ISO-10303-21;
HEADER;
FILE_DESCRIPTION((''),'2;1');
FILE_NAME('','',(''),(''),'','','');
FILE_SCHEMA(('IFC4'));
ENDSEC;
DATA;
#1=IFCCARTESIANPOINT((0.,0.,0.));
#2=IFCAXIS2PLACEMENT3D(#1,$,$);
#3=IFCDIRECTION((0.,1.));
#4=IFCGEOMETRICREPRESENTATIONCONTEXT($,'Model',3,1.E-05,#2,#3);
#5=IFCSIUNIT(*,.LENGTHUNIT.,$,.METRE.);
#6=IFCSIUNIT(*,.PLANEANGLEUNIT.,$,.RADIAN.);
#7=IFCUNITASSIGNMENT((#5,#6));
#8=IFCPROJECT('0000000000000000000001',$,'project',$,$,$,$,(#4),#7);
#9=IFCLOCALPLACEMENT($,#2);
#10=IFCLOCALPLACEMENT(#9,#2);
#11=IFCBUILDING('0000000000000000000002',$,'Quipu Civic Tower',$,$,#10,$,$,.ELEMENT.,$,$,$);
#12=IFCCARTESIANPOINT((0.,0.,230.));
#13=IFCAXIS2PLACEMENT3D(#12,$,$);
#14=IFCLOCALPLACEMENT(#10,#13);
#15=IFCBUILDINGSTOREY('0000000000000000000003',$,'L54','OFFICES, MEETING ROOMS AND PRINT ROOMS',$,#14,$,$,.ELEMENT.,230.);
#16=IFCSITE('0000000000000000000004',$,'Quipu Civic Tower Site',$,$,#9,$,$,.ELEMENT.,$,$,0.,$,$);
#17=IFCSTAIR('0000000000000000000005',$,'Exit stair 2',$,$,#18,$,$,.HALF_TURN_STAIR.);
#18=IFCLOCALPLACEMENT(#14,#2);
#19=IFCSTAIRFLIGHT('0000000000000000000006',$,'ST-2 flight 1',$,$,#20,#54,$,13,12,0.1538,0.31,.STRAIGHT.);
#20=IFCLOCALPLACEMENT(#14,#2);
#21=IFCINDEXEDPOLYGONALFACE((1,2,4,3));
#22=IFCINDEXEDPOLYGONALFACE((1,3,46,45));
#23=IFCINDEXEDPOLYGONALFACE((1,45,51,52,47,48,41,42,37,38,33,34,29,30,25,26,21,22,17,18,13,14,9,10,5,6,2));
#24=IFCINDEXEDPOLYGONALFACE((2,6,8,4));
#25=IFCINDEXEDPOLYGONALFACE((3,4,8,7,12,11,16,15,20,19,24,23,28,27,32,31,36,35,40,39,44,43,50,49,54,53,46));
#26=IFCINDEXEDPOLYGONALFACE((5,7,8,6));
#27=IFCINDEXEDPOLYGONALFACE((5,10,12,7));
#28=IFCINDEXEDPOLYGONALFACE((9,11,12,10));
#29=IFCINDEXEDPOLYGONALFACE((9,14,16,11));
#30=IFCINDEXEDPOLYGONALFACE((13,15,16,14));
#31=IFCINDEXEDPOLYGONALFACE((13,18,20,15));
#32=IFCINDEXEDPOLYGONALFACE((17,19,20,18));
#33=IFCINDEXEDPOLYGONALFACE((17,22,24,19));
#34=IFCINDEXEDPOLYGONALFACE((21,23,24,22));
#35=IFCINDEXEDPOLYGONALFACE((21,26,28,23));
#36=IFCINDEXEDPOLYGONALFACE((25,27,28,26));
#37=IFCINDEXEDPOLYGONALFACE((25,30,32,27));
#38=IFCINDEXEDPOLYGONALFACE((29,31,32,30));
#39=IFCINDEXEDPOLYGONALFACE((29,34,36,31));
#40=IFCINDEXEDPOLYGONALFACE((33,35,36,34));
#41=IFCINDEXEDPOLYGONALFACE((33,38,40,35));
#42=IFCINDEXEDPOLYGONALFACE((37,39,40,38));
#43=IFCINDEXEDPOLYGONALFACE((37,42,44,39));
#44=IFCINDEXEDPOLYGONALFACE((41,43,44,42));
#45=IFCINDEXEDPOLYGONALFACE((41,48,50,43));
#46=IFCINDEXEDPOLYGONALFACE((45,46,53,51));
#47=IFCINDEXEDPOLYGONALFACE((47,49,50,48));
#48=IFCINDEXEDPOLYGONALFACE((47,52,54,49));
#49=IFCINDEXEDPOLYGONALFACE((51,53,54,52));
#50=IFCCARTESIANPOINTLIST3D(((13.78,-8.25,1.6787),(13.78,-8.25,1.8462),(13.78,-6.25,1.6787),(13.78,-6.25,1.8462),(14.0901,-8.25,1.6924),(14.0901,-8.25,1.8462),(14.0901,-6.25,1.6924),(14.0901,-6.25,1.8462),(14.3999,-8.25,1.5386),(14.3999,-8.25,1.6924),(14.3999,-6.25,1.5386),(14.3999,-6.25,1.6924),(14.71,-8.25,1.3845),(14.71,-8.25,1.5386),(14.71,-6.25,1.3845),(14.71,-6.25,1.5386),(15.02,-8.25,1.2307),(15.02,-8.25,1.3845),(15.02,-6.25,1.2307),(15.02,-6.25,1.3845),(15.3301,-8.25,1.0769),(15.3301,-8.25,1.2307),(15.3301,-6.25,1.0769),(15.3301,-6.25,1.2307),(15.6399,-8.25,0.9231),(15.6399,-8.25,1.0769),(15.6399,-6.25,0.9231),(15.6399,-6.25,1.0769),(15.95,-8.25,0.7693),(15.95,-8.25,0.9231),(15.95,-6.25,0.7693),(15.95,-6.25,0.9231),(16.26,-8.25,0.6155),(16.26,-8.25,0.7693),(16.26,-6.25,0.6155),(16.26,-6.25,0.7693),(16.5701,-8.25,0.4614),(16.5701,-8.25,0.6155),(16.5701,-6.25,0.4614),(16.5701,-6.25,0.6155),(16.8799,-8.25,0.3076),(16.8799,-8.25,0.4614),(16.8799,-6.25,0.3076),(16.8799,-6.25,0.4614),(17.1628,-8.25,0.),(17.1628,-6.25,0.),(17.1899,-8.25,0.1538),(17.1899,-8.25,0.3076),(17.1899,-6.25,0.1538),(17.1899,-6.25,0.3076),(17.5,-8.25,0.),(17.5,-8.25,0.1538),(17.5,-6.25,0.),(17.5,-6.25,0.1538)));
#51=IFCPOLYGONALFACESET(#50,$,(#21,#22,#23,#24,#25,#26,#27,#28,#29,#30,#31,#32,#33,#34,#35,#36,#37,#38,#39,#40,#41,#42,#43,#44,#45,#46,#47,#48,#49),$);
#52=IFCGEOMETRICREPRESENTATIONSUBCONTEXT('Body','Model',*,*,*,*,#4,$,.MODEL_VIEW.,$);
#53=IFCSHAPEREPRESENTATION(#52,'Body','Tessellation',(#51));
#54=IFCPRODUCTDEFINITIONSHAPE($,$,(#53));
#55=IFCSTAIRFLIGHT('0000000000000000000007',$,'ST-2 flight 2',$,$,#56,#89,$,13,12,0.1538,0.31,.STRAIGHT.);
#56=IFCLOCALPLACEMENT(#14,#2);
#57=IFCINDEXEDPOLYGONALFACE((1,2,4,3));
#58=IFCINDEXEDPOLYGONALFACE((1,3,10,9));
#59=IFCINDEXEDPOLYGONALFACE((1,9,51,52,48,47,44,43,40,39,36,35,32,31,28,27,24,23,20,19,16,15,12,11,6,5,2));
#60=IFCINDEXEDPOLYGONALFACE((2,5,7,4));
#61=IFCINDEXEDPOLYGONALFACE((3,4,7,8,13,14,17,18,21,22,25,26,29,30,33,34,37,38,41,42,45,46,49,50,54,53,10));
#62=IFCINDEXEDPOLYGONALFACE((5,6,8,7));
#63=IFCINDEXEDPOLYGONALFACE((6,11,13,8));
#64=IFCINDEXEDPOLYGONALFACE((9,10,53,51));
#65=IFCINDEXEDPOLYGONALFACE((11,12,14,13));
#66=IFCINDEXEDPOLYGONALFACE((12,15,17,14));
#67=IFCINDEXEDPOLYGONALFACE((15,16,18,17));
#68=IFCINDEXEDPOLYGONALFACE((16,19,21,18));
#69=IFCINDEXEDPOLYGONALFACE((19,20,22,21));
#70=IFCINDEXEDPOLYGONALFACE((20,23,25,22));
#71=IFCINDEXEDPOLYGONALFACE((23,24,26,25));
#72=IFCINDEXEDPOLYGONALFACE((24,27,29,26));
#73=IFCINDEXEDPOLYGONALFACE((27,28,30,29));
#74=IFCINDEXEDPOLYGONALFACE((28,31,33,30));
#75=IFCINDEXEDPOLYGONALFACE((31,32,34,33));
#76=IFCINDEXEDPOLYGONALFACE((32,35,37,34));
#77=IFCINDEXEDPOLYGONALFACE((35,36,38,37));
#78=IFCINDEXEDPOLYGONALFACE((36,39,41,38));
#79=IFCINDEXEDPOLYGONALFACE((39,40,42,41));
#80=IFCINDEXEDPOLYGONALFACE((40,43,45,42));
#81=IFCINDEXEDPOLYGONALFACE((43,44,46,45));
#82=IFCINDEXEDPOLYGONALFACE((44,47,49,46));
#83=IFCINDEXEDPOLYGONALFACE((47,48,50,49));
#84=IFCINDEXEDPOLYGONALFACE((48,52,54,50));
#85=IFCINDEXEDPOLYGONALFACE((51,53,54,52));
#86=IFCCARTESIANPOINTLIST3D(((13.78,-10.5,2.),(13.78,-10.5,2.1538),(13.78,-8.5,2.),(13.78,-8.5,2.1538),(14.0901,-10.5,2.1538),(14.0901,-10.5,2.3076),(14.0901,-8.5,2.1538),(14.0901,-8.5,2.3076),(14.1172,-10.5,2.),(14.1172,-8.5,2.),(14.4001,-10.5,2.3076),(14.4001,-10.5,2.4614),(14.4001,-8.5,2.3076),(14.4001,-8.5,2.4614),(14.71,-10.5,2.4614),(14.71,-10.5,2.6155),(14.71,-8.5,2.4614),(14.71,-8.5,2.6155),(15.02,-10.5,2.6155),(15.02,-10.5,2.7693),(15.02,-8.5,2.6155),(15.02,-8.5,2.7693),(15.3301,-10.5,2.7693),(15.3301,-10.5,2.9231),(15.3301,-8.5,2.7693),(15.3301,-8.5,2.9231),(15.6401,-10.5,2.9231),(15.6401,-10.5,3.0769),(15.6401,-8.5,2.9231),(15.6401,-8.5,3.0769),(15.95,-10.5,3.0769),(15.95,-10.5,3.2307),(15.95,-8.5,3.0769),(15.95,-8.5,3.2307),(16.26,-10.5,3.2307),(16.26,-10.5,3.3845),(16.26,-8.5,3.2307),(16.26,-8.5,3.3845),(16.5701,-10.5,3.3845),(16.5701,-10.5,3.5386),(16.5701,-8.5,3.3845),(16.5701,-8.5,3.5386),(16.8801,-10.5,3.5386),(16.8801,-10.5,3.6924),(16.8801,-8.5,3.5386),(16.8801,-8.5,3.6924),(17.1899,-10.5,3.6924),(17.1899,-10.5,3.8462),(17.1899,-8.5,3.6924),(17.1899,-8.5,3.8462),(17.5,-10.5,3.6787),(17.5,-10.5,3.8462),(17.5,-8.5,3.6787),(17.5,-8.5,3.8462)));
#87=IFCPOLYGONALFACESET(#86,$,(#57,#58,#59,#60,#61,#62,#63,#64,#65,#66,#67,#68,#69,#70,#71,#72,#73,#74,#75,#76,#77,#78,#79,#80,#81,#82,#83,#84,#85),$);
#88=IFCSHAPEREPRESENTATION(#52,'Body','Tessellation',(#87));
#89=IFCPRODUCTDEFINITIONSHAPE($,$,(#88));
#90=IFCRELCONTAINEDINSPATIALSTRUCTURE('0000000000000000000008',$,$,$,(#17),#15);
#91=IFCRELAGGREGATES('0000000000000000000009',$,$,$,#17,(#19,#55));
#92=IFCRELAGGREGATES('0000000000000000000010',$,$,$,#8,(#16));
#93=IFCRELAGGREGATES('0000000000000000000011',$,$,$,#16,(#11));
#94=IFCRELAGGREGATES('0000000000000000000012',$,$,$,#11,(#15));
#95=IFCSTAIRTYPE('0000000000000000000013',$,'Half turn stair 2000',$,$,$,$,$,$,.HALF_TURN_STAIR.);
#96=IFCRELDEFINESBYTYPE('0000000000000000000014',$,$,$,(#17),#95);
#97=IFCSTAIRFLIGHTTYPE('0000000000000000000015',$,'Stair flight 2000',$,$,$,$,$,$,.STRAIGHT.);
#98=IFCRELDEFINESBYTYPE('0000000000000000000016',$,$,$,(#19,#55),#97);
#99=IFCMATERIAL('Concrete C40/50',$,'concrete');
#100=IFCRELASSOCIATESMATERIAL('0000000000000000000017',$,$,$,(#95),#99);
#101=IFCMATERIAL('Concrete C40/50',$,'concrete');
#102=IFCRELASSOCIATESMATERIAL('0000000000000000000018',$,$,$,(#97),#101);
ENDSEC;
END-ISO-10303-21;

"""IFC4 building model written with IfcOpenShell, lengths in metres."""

from ifc_helpers import new_model, si_unit, direction, frame, origin, place, context, subcontext, project, spatial, polyline, outline, extrude, material, type_object, element, aggregate, save


model = new_model("IFC4")

# Units and contexts
model_context = context("Model", 3, precision=1e-05, world=origin(), true_north=direction((0.0, 1.0)))
body_context = subcontext(model_context, "Body", "Model", "MODEL_VIEW")
ifc_project = project(units=[si_unit("LENGTHUNIT", "METRE"), si_unit("PLANEANGLEUNIT", "RADIAN")], contexts=[model_context])

# Site, building, storey
site_placement = place(None, origin())
site = spatial("IfcSite", under=ifc_project, at=site_placement, Name="Quipu Civic Tower Site", CompositionType="ELEMENT", RefElevation=0.0)
building_placement = place(site_placement, origin())
building = spatial("IfcBuilding", under=site, at=building_placement, Name="Quipu Civic Tower", CompositionType="ELEMENT")
storey_placement = place(building_placement, frame((0.0, 0.0, 230.0)))
storey = spatial("IfcBuildingStorey", under=building, at=storey_placement, Name="L54", Description="OFFICES, MEETING ROOMS AND PRINT ROOMS", CompositionType="ELEMENT", Elevation=230.0)

# Stair, stair flights
ifc_material_1 = material(Name="Concrete C40/50", Category="concrete")
stair_type = type_object("IfcStairType", Name="Half turn stair 2000", PredefinedType="HALF_TURN_STAIR", material=ifc_material_1)
stair_placement = place(storey_placement, origin())
stair = element("IfcStair", 1, at=stair_placement, inside=storey, type_object=stair_type, Name="Exit stair 2", PredefinedType="HALF_TURN_STAIR")
ifc_material_2 = material(Name="Concrete C40/50", Category="concrete")
stair_flight_type = type_object("IfcStairFlightType", Name="Stair flight 2000", PredefinedType="STRAIGHT", material=ifc_material_2)
stair_flight_1_placement = place(storey_placement, frame((17.5, -7.25, 0.0), z_axis=(0.0, 0.0, 1.0), x_axis=(-1.0, 0.0, 0.0)))
stair_flight_1 = element("IfcStairFlight", 2, at=stair_flight_1_placement, type_object=stair_flight_type, Name="ST-2 flight 1", NumberOfRisers=13, NumberOfTreads=12, PredefinedType="STRAIGHT", RiserHeight=0.1538, TreadLength=0.31, context=body_context, shape_type="SweptSolid", body=[
    extrude(outline(polyline([(0.0, 0.0), (0.0, 0.1538), (0.3101, 0.1538), (0.3101, 0.3076), (0.6201, 0.3076), (0.6201, 0.4614), (0.9299, 0.4614), (0.9299, 0.6155), (1.24, 0.6155), (1.24, 0.7693), (1.55, 0.7693), (1.55, 0.9231), (1.8601, 0.9231), (1.8601, 1.0769), (2.1699, 1.0769), (2.1699, 1.2307), (2.48, 1.2307), (2.48, 1.3845), (2.79, 1.3845), (2.79, 1.5386), (3.1001, 1.5386), (3.1001, 1.6924), (3.4099, 1.6924), (3.4099, 1.8462), (3.72, 1.8462), (3.72, 2.0), (3.72, 1.6787), (0.3372, 0.0), (0.0, 0.0)])), frame((0.0, 1.0, 0.0), z_axis=(0.0, -1.0, 0.0), x_axis=(1.0, 0.0, 0.0)), (0.0, 0.0, 1.0), 2.0),
])
stair_flight_2_placement = place(storey_placement, frame((13.78, -9.5, 2.0), z_axis=(0.0, 0.0, 1.0), x_axis=(1.0, 0.0, 0.0)))
stair_flight_2 = element("IfcStairFlight", 3, at=stair_flight_2_placement, type_object=stair_flight_type, Name="ST-2 flight 2", NumberOfRisers=13, NumberOfTreads=12, PredefinedType="STRAIGHT", RiserHeight=0.1538, TreadLength=0.31, context=body_context, shape_type="SweptSolid", body=[
    extrude(outline(polyline([(0.0, 0.0), (0.0, 0.1538), (0.3101, 0.1538), (0.3101, 0.3076), (0.6201, 0.3076), (0.6201, 0.4614), (0.9299, 0.4614), (0.9299, 0.6155), (1.24, 0.6155), (1.24, 0.7693), (1.55, 0.7693), (1.55, 0.9231), (1.8601, 0.9231), (1.8601, 1.0769), (2.1699, 1.0769), (2.1699, 1.2307), (2.48, 1.2307), (2.48, 1.3845), (2.79, 1.3845), (2.79, 1.5386), (3.1001, 1.5386), (3.1001, 1.6924), (3.4099, 1.6924), (3.4099, 1.8462), (3.72, 1.8462), (3.72, 2.0), (3.72, 1.6787), (0.3372, 0.0), (0.0, 0.0)])), frame((0.0, 1.0, 0.0), z_axis=(0.0, -1.0, 0.0), x_axis=(1.0, 0.0, 0.0)), (0.0, 0.0, 1.0), 2.0),
])
aggregate(stair, [stair_flight_1, stair_flight_2])

save(model, "model.ifc")
